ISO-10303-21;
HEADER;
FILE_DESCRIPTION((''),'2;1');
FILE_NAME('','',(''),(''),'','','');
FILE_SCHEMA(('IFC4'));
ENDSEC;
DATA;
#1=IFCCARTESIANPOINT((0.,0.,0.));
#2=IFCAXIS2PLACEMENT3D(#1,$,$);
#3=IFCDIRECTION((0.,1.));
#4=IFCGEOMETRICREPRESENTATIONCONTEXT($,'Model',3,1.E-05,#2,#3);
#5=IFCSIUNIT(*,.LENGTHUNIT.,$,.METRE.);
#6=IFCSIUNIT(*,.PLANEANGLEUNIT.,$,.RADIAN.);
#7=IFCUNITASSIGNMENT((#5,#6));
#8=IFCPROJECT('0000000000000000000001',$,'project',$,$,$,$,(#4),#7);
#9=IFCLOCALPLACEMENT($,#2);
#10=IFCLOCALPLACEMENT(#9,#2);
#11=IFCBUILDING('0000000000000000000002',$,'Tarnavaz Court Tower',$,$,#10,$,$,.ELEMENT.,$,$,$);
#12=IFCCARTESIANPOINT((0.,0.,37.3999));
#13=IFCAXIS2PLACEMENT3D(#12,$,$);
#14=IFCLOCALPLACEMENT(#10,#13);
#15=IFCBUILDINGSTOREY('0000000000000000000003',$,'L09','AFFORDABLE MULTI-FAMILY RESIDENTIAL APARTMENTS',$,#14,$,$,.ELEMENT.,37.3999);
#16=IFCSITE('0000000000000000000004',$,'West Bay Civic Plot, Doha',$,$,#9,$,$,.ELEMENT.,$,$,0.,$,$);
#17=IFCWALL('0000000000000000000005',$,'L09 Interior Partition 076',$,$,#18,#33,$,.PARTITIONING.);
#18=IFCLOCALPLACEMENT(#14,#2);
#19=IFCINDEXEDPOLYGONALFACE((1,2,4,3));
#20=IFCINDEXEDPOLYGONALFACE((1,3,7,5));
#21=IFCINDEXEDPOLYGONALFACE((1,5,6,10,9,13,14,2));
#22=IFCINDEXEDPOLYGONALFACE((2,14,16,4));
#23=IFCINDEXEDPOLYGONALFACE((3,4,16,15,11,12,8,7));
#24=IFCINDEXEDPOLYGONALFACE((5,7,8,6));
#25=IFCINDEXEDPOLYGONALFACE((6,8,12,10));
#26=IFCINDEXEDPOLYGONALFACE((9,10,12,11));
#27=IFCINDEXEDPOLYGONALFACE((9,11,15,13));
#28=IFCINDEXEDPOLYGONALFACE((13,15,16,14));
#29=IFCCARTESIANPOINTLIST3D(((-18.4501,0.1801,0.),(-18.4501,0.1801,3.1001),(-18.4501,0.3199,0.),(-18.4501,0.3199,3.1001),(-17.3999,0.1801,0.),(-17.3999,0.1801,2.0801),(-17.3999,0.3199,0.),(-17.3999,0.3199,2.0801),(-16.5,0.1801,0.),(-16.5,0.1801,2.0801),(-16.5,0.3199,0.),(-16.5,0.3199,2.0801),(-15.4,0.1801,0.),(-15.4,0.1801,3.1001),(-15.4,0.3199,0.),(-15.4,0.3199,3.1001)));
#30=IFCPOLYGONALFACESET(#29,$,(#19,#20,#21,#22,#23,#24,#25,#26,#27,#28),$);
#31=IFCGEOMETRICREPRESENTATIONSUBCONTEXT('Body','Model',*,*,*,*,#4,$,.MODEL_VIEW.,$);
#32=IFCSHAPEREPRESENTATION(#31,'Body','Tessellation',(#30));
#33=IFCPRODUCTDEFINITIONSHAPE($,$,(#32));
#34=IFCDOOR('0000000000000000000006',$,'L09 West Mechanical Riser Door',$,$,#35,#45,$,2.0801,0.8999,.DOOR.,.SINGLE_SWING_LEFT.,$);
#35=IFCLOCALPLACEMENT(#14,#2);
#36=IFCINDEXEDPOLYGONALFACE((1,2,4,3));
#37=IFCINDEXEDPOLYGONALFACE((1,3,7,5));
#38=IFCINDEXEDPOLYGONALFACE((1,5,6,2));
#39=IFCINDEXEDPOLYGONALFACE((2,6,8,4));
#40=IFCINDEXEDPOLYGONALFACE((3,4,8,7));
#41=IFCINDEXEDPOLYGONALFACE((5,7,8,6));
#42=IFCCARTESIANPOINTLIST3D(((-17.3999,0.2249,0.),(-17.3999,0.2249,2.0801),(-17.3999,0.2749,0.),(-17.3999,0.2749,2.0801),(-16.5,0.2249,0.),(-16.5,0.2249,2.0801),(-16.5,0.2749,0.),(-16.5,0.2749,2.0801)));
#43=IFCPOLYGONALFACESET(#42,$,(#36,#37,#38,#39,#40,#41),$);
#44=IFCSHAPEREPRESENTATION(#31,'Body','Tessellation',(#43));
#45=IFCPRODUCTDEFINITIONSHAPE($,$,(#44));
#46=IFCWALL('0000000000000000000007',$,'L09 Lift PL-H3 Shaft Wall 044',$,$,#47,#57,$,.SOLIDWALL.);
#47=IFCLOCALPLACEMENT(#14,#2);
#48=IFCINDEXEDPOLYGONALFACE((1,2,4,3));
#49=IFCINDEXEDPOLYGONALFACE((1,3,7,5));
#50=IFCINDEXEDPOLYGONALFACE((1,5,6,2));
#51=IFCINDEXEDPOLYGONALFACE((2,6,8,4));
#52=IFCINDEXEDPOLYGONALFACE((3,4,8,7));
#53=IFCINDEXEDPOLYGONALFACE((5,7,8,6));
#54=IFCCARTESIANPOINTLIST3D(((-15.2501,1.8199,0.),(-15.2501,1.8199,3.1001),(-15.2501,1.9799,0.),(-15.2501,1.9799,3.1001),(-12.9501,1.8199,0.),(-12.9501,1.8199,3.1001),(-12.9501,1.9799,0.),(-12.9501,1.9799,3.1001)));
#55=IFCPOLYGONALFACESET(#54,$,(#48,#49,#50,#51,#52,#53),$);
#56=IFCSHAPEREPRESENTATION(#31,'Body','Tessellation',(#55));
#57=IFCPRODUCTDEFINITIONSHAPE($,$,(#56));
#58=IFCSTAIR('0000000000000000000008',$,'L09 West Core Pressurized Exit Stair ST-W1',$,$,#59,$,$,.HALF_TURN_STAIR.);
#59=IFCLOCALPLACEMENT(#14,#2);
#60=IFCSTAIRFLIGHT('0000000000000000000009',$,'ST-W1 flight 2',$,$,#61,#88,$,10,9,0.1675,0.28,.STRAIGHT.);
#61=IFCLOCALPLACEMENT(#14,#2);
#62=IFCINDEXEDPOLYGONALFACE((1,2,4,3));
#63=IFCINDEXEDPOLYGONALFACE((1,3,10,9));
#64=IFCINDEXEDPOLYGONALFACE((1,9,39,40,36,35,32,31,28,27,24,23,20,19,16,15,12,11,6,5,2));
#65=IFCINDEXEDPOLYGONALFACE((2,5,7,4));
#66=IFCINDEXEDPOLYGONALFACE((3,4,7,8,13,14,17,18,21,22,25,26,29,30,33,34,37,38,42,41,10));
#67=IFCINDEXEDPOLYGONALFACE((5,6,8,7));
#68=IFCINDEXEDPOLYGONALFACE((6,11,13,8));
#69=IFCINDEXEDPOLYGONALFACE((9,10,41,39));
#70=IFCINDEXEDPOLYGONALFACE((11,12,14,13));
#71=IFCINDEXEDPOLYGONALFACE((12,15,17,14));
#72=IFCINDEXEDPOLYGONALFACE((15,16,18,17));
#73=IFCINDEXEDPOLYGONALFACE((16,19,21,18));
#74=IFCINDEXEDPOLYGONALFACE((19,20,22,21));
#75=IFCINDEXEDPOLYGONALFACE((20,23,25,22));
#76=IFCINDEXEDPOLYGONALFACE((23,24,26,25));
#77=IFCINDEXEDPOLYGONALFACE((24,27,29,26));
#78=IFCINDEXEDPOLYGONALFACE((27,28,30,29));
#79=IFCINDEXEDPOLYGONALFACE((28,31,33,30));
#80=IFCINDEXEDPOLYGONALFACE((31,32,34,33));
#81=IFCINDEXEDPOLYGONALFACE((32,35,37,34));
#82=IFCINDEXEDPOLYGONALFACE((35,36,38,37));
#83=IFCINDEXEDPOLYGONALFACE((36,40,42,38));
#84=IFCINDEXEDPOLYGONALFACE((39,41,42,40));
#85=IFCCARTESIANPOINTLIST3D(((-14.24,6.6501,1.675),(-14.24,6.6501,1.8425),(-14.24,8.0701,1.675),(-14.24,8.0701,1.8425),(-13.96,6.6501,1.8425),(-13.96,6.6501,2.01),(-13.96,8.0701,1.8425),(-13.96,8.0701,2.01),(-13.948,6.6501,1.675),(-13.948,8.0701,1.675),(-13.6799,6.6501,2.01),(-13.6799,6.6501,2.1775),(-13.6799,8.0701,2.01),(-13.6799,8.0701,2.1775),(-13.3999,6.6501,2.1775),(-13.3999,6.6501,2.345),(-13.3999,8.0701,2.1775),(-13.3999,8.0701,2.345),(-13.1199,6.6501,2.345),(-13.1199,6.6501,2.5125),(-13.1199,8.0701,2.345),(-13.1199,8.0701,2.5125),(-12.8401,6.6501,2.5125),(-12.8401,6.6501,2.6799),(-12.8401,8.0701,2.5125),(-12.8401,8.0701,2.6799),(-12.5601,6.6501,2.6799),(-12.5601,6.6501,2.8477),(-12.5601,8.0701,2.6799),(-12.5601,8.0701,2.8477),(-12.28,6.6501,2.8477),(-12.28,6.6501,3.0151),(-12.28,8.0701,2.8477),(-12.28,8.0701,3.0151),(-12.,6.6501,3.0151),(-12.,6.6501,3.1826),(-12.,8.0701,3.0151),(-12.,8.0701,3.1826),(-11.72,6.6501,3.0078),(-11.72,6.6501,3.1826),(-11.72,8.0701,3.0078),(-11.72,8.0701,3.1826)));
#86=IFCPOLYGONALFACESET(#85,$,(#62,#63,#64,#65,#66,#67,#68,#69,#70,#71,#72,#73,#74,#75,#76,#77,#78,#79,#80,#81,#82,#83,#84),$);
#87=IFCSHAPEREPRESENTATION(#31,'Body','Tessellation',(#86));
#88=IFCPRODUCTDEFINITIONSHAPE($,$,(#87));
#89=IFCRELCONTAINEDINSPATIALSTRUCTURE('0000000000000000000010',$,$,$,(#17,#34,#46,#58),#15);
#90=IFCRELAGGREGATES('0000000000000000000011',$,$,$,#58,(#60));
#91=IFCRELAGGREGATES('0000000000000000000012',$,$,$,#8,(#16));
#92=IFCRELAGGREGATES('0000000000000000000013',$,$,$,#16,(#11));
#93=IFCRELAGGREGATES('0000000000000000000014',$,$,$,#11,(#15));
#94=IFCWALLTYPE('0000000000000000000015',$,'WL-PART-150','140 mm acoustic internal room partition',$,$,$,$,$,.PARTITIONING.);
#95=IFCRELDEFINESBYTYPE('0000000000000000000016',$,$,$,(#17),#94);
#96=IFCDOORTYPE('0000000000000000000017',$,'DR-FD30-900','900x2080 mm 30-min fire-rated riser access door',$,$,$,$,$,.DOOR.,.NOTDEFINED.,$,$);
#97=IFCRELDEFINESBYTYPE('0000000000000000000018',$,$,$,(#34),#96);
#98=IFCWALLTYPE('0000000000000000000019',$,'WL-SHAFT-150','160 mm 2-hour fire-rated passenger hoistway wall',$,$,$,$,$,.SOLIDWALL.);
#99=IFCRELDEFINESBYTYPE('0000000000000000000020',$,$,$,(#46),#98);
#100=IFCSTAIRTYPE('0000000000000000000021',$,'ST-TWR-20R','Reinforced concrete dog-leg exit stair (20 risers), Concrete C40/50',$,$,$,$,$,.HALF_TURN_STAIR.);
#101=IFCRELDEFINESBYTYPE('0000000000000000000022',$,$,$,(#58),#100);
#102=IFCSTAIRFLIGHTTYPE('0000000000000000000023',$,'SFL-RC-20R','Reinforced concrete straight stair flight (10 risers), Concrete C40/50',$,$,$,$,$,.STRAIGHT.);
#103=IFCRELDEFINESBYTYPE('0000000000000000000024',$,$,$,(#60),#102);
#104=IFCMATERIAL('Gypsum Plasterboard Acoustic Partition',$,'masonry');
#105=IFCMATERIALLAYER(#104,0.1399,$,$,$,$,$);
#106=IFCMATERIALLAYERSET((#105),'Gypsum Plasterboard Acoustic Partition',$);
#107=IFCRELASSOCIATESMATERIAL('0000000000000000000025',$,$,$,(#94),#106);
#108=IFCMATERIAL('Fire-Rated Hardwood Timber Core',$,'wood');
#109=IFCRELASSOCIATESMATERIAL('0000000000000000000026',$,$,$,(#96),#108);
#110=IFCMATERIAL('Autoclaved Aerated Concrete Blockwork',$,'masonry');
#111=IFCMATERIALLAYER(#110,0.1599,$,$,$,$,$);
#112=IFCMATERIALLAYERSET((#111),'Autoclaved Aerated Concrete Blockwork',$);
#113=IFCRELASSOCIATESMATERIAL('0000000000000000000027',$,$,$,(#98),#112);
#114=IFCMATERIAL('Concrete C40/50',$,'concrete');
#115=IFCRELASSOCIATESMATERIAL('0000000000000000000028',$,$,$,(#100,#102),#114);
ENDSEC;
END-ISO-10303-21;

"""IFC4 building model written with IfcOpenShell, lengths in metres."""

from ifc_helpers import new_model, si_unit, direction, frame, frame_2d, origin, place, context, subcontext, project, spatial, polyline, rectangle, outline, extrude, material, layer, layer_set, type_object, element, fill, aggregate, save


model = new_model("IFC4")

# Units and contexts
model_context = context("Model", 3, precision=1e-05, world=origin(), true_north=direction((0.0, 1.0)))
body_context = subcontext(model_context, "Body", "Model", "MODEL_VIEW")
ifc_project = project(units=[si_unit("LENGTHUNIT", "METRE"), si_unit("PLANEANGLEUNIT", "RADIAN")], contexts=[model_context])

# Site, building, storey
site_placement = place(None, origin())
site = spatial("IfcSite", under=ifc_project, at=site_placement, Name="West Bay Civic Plot, Doha", CompositionType="ELEMENT", RefElevation=0.0)
building_placement = place(site_placement, origin())
building = spatial("IfcBuilding", under=site, at=building_placement, Name="Tarnavaz Court Tower", CompositionType="ELEMENT")
storey_placement = place(building_placement, frame((0.0, 0.0, 37.3999)))
storey = spatial("IfcBuildingStorey", under=building, at=storey_placement, Name="L09", Description="AFFORDABLE MULTI-FAMILY RESIDENTIAL APARTMENTS", CompositionType="ELEMENT", Elevation=37.3999)

# Shared definitions
ifc_material_1 = material(Name="Fire-Rated Hardwood Timber Core", Category="wood")

# Shared definitions
ifc_material_2 = material(Name="Autoclaved Aerated Concrete Blockwork", Category="masonry")

# Wall, opening, door
ifc_material_3 = material(Name="Gypsum Plasterboard Acoustic Partition", Category="masonry")
ifc_layer_1 = layer(ifc_material_3, 0.1399)
ifc_layer_set_1 = layer_set([ifc_layer_1], Name="Gypsum Plasterboard Acoustic Partition")
wall_type_1 = type_object("IfcWallType", Name="WL-PART-150", Description="140 mm acoustic internal room partition", PredefinedType="PARTITIONING", material=ifc_layer_set_1)
wall_1_placement = place(storey_placement, frame((-18.45, 0.25, 0.0), z_axis=(0.0, 0.0, 1.0), x_axis=(1.0, 0.0, 0.0)))
wall_1 = element("IfcWall", 1, at=wall_1_placement, inside=storey, type_object=wall_type_1, Name="L09 Interior Partition 076", PredefinedType="PARTITIONING", context=body_context, shape_type="SweptSolid", body=[
    extrude(rectangle(XDim=3.05, YDim=0.1399, at=frame_2d((1.5249, 0.0))), origin(), (0.0, 0.0, 1.0), 3.1001),
])
opening_1_placement = place(wall_1_placement, frame((1.05, 0.0, 0.0)))
opening_1 = element("IfcOpeningElement", 2, at=opening_1_placement, cuts=wall_1, PredefinedType="OPENING", context=body_context, shape_type="SweptSolid", body=[
    extrude(rectangle(XDim=0.8999, YDim=2.0801, at=frame_2d((0.45, 1.04))), frame((0.0, 0.0798, 0.0), z_axis=(0.0, -1.0, 0.0), x_axis=(1.0, 0.0, 0.0)), (0.0, 0.0, 1.0), 0.1599),
])
door_type_1 = type_object("IfcDoorType", Name="DR-FD30-900", Description="900x2080 mm 30-min fire-rated riser access door", OperationType="NOTDEFINED", PredefinedType="DOOR", material=ifc_material_1)
door_1_placement = place(opening_1_placement, origin())
door_1 = element("IfcDoor", 3, at=door_1_placement, inside=storey, type_object=door_type_1, Name="L09 West Mechanical Riser Door", OperationType="SINGLE_SWING_LEFT", OverallHeight=2.0801, OverallWidth=0.8999, PredefinedType="DOOR", context=body_context, shape_type="SweptSolid", body=[
    extrude(rectangle(XDim=0.8999, YDim=2.0801, at=frame_2d((0.45, 1.04))), frame((0.0, 0.0249, 0.0), z_axis=(0.0, -1.0, 0.0), x_axis=(1.0, 0.0, 0.0)), (0.0, 0.0, 1.0), 0.05),
])
fill(opening_1, door_1)

# Wall
ifc_layer_2 = layer(ifc_material_2, 0.1599)
ifc_layer_set_2 = layer_set([ifc_layer_2], Name="Autoclaved Aerated Concrete Blockwork")
wall_type_2 = type_object("IfcWallType", Name="WL-SHAFT-150", Description="160 mm 2-hour fire-rated passenger hoistway wall", PredefinedType="SOLIDWALL", material=ifc_layer_set_2)
wall_2_placement = place(storey_placement, frame((-15.25, 1.8999, 0.0), z_axis=(0.0, 0.0, 1.0), x_axis=(1.0, 0.0, 0.0)))
element("IfcWall", 4, at=wall_2_placement, inside=storey, type_object=wall_type_2, Name="L09 Lift PL-H3 Shaft Wall 044", PredefinedType="SOLIDWALL", context=body_context, shape_type="SweptSolid", body=[
    extrude(rectangle(XDim=2.3, YDim=0.1599, at=frame_2d((1.1499, 0.0))), origin(), (0.0, 0.0, 1.0), 3.1001),
])

# Stair, stair flight
ifc_material_4 = material(Name="Concrete C40/50", Category="concrete")
stair_type = type_object("IfcStairType", Name="ST-TWR-20R", Description="Reinforced concrete dog-leg exit stair (20 risers), Concrete C40/50", PredefinedType="HALF_TURN_STAIR", material=ifc_material_4)
stair_placement = place(storey_placement, origin())
stair = element("IfcStair", 5, at=stair_placement, inside=storey, type_object=stair_type, Name="L09 West Core Pressurized Exit Stair ST-W1", PredefinedType="HALF_TURN_STAIR")
stair_flight_type = type_object("IfcStairFlightType", Name="SFL-RC-20R", Description="Reinforced concrete straight stair flight (10 risers), Concrete C40/50", PredefinedType="STRAIGHT", material=ifc_material_4)
stair_flight_placement = place(storey_placement, frame((-14.24, 7.3601, 1.675), z_axis=(0.0, 0.0, 1.0), x_axis=(1.0, 0.0, 0.0)))
stair_flight = element("IfcStairFlight", 6, at=stair_flight_placement, type_object=stair_flight_type, Name="ST-W1 flight 2", NumberOfRisers=10, NumberOfTreads=9, PredefinedType="STRAIGHT", RiserHeight=0.1675, TreadLength=0.28, context=body_context, shape_type="SweptSolid", body=[
    extrude(outline(polyline([(0.0, 0.0), (0.0, 0.1675), (0.28, 0.1675), (0.28, 0.335), (0.5601, 0.335), (0.5601, 0.5024), (0.8401, 0.5024), (0.8401, 0.6699), (1.1201, 0.6699), (1.1201, 0.8374), (1.3999, 0.8374), (1.3999, 1.0049), (1.6799, 1.0049), (1.6799, 1.1726), (1.96, 1.1726), (1.96, 1.3401), (2.24, 1.3401), (2.24, 1.5076), (2.52, 1.5076), (2.52, 1.675), (2.52, 1.3328), (0.292, 0.0), (0.0, 0.0)])), frame((0.0, 0.71, 0.0), z_axis=(0.0, -1.0, 0.0), x_axis=(1.0, 0.0, 0.0)), (0.0, 0.0, 1.0), 1.4199),
])
aggregate(stair, [stair_flight])

save(model, "model.ifc")
